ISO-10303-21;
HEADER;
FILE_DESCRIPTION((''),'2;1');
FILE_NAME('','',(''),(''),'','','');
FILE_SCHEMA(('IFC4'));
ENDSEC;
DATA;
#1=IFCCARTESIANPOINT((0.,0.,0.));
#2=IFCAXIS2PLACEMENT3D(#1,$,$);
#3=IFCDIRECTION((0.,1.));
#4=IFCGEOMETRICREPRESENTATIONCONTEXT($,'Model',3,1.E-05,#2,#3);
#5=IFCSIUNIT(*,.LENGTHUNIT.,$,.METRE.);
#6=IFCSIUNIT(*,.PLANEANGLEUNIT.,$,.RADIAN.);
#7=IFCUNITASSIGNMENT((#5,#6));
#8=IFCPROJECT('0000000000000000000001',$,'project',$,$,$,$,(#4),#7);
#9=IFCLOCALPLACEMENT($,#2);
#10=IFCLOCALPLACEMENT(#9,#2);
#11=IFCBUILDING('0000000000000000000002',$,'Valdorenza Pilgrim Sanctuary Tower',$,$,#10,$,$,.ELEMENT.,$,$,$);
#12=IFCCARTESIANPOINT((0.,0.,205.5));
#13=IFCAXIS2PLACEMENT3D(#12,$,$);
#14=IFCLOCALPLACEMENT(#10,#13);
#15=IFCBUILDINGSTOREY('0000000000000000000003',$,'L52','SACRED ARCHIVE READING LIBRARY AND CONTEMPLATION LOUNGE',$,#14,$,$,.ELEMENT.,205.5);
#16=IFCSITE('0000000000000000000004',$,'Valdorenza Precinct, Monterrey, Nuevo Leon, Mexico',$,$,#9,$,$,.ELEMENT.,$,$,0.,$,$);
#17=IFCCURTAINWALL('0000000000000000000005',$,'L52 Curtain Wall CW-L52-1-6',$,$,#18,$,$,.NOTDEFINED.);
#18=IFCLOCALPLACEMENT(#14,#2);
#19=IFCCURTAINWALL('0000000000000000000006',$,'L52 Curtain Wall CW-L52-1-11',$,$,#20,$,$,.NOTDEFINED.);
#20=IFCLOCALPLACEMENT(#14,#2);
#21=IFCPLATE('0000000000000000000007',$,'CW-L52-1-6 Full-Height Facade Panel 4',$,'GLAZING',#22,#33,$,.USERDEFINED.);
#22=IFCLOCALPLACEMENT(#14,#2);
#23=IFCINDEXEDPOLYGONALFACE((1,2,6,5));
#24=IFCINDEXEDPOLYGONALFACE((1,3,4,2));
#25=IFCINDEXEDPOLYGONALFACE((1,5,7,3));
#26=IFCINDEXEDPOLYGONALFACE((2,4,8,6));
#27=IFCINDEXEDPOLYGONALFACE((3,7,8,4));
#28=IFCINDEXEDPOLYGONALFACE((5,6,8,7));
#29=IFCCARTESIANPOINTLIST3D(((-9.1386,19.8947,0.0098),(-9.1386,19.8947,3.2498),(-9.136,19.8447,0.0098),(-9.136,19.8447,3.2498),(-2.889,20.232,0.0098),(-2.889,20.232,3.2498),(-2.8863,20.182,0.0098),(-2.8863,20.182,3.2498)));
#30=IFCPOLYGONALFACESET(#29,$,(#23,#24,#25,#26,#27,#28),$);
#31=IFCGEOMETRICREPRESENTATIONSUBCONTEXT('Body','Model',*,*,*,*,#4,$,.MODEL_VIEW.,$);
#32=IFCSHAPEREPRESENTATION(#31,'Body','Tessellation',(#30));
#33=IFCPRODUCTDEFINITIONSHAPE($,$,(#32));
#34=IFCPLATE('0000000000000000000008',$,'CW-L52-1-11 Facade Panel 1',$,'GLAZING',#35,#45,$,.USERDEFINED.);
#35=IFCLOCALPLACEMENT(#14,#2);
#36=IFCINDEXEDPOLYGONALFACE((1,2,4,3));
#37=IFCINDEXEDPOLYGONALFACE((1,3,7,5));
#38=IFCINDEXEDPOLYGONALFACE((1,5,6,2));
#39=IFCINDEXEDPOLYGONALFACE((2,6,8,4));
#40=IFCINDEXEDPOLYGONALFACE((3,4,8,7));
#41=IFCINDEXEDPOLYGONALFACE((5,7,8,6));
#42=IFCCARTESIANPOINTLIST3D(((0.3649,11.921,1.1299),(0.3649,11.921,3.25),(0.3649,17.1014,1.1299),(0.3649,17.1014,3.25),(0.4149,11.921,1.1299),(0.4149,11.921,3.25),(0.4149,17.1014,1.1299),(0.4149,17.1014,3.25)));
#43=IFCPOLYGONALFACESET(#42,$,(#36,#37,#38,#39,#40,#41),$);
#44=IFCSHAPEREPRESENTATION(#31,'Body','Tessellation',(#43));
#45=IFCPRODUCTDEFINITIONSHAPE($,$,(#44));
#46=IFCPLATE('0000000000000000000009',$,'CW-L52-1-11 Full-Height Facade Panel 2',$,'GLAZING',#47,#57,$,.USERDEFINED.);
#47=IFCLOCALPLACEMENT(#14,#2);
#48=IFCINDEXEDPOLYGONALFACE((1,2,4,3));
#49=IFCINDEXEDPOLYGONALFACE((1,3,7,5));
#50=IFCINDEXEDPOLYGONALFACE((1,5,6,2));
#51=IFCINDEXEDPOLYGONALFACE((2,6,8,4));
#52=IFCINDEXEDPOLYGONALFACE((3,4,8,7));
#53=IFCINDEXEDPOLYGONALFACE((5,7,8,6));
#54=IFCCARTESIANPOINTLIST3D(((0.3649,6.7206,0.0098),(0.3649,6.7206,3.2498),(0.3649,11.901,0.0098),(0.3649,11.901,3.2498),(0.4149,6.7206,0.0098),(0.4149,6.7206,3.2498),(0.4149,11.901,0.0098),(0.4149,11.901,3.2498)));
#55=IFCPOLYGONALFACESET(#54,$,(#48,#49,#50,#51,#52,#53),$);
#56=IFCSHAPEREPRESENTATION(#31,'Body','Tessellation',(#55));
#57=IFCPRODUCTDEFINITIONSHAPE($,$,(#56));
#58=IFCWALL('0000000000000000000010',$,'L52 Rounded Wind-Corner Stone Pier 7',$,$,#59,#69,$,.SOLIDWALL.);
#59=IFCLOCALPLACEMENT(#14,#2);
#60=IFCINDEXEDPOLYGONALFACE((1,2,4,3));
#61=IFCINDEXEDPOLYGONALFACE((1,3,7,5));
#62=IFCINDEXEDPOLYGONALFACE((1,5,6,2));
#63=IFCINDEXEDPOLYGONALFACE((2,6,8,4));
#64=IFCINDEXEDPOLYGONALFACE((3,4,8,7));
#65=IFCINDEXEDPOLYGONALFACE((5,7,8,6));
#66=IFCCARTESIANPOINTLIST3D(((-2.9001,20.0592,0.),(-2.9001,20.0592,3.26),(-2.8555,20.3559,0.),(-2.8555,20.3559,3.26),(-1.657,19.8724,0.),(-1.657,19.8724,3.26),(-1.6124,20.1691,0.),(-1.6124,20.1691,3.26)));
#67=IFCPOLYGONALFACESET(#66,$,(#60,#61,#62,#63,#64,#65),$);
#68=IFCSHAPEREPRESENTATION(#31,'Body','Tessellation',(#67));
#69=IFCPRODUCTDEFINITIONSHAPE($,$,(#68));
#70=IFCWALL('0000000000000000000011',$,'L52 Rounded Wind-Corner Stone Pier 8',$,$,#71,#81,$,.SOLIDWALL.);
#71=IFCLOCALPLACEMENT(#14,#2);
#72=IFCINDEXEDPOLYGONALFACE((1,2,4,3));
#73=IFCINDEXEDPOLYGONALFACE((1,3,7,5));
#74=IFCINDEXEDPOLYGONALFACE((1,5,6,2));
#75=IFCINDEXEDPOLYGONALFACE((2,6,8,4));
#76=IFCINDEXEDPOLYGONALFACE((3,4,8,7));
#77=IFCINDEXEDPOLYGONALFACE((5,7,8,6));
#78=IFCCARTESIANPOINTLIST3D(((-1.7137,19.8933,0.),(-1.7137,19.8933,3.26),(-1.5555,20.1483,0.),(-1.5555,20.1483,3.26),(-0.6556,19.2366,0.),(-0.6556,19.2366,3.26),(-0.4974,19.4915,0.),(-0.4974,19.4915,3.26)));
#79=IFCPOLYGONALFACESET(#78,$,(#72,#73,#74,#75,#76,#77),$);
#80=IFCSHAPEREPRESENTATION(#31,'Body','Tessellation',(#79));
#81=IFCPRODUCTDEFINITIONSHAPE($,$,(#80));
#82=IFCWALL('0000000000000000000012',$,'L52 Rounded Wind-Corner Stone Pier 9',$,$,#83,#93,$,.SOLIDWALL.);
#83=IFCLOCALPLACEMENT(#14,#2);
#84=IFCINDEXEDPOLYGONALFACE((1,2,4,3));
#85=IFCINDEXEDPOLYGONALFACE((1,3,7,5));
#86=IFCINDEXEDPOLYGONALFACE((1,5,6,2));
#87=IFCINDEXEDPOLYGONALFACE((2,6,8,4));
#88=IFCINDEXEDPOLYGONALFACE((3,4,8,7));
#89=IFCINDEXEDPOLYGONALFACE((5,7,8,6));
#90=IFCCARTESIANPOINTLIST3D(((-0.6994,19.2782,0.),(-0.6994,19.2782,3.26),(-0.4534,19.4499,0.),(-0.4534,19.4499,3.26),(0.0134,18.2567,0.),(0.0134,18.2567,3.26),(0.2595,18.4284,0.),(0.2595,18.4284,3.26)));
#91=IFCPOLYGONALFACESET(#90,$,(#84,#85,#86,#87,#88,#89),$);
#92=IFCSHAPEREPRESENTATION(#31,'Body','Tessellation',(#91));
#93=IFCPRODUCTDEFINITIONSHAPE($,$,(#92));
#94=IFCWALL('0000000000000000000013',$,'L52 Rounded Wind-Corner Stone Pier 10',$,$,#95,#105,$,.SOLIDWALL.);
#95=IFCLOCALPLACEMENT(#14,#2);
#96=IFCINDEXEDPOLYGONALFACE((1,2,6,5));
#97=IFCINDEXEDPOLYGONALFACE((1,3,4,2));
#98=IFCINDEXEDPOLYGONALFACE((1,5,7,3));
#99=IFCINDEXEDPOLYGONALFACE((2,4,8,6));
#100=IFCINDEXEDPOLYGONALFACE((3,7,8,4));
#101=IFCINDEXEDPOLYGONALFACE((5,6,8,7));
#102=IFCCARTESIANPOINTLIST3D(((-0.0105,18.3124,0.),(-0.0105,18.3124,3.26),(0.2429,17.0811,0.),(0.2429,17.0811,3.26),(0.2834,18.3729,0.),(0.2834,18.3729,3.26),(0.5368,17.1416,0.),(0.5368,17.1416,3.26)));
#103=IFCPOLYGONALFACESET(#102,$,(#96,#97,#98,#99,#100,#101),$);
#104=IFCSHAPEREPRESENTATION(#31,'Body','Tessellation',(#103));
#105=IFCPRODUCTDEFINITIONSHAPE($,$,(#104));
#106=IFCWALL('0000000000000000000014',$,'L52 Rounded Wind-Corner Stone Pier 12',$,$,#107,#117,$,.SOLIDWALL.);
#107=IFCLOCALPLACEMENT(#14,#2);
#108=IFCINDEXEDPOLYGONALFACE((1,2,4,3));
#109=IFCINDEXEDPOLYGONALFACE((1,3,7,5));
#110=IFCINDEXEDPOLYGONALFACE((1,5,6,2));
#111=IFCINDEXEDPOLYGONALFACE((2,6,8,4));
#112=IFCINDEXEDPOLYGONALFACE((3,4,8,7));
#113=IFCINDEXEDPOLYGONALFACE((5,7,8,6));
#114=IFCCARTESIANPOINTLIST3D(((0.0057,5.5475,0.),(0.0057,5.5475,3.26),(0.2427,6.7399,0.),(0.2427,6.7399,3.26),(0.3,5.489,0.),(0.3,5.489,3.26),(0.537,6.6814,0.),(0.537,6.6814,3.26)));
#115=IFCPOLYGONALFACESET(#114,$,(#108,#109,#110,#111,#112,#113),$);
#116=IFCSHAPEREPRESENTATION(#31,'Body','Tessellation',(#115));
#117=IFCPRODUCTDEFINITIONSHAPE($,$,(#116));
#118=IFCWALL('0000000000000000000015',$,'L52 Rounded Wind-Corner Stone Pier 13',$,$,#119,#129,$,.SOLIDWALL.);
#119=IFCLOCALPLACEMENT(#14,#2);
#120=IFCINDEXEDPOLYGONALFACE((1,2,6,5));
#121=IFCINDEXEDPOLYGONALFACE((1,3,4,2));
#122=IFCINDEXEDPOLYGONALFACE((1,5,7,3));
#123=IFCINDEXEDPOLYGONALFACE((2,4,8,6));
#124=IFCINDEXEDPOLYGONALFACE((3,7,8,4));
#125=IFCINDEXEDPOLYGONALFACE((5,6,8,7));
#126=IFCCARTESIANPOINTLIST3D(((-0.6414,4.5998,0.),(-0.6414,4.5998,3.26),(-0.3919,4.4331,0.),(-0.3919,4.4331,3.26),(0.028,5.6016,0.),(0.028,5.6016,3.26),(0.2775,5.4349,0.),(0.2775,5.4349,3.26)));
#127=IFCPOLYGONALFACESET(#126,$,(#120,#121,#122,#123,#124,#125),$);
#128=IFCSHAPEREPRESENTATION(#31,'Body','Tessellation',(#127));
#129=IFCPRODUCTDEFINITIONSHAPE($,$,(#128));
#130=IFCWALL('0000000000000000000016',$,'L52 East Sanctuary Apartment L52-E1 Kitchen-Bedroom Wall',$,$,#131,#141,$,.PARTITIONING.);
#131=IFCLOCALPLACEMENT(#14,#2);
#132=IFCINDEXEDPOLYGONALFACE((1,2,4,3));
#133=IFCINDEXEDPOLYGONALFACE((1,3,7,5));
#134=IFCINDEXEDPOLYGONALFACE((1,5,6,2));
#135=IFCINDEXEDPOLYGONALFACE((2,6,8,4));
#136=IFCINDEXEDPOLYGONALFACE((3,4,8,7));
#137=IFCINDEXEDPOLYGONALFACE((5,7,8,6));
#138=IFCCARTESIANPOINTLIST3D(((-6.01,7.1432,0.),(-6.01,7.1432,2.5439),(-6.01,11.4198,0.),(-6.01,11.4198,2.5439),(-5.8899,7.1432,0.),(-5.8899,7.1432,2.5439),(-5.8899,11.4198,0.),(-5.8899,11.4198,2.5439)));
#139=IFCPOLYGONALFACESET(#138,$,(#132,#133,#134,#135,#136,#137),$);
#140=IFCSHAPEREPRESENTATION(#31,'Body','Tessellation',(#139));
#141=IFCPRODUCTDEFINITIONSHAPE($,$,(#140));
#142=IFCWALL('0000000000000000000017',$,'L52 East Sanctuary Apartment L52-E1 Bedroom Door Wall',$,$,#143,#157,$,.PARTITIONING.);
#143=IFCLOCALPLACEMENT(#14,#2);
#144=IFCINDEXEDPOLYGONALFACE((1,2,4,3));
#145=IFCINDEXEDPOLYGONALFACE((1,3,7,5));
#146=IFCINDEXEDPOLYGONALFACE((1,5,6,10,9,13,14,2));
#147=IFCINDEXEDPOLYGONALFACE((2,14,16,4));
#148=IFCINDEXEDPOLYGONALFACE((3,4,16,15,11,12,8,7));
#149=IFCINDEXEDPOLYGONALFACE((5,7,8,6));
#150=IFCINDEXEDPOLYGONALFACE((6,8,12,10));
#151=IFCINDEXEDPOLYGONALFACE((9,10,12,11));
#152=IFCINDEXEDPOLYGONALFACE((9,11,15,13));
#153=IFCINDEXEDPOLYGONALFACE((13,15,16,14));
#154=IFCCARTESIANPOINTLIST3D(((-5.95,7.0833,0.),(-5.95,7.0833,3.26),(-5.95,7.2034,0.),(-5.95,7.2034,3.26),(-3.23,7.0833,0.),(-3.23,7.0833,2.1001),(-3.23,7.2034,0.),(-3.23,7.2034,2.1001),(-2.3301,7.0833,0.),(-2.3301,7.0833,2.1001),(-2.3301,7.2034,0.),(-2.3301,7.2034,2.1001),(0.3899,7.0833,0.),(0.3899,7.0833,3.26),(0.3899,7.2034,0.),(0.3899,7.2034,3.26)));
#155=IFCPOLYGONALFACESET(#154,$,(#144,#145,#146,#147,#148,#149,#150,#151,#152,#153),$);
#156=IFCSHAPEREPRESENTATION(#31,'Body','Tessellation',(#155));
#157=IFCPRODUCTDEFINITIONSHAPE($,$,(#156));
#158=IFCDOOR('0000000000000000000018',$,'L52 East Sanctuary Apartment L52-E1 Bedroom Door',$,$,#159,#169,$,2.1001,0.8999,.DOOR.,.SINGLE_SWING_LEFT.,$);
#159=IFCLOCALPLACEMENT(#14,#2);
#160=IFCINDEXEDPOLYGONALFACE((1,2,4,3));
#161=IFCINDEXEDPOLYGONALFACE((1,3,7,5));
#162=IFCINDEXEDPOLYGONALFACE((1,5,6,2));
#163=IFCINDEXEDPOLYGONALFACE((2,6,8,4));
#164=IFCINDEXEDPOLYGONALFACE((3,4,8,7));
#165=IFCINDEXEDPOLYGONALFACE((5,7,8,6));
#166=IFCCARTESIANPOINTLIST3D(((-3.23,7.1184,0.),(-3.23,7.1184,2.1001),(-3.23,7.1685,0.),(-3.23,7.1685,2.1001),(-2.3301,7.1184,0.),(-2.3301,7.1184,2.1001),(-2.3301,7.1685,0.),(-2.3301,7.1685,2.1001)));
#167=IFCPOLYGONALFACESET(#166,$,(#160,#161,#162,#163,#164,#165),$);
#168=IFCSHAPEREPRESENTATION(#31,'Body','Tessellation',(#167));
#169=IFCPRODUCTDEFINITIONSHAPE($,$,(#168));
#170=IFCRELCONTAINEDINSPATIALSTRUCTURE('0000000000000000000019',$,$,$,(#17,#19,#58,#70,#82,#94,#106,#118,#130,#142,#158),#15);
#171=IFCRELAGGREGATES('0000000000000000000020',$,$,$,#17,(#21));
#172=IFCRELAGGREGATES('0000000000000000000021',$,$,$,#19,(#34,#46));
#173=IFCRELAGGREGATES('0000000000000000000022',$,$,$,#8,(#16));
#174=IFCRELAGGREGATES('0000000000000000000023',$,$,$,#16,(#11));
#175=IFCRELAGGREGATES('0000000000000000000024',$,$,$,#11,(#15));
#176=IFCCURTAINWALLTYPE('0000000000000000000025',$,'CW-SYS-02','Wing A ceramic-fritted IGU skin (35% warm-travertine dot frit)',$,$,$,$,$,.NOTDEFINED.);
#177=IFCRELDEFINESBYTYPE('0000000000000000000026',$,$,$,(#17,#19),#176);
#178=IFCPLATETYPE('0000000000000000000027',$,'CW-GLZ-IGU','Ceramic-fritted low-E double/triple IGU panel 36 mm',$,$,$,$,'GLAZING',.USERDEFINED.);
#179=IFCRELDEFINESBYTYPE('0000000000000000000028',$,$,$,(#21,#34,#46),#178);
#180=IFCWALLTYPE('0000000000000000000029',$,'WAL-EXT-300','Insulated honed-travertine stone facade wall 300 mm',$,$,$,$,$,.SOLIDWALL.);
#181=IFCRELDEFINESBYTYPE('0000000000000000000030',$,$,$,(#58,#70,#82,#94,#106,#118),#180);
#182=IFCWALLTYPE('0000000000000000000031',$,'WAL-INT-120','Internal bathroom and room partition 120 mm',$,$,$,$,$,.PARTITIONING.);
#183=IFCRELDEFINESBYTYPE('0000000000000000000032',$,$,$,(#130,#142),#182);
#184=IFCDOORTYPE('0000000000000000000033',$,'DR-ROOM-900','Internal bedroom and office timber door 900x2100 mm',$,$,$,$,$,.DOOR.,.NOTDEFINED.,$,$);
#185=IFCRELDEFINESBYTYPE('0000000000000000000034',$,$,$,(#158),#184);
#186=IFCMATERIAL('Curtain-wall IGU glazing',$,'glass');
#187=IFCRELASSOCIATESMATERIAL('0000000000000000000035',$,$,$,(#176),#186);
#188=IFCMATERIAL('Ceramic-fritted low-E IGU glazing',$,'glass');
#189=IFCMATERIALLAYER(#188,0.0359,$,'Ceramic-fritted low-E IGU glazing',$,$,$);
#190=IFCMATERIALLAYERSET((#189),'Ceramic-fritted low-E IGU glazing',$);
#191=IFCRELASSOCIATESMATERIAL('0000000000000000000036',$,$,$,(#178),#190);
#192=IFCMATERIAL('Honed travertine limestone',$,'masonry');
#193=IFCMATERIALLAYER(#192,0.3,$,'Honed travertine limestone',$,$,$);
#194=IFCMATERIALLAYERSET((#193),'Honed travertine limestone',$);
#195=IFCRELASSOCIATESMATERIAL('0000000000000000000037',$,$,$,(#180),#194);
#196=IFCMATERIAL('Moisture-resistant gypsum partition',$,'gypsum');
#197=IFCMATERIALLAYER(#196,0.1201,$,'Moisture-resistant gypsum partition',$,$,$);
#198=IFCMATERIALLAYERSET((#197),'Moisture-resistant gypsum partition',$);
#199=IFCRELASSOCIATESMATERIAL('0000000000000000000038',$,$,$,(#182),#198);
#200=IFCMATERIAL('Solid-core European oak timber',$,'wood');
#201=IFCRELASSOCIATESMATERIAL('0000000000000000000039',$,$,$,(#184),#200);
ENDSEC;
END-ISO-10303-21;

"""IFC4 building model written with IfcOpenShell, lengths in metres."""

from ifc_helpers import new_model, si_unit, direction, frame, frame_2d, origin, origin_2d, place, context, subcontext, project, spatial, rectangle, extrude, source, transform, mapped, material, layer, layer_set, type_object, element, fill, aggregate, save


model = new_model("IFC4")

# Units and contexts
model_context = context("Model", 3, precision=1e-05, world=origin(), true_north=direction((0.0, 1.0)))
body_context = subcontext(model_context, "Body", "Model", "MODEL_VIEW")
ifc_project = project(units=[si_unit("LENGTHUNIT", "METRE"), si_unit("PLANEANGLEUNIT", "RADIAN")], contexts=[model_context])

# Site, building, storey
site_placement = place(None, origin())
site = spatial("IfcSite", under=ifc_project, at=site_placement, Name="Valdorenza Precinct, Monterrey, Nuevo Leon, Mexico", CompositionType="ELEMENT", RefElevation=0.0)
building_placement = place(site_placement, origin())
building = spatial("IfcBuilding", under=site, at=building_placement, Name="Valdorenza Pilgrim Sanctuary Tower", CompositionType="ELEMENT")
storey_placement = place(building_placement, frame((0.0, 0.0, 205.5)))
storey = spatial("IfcBuildingStorey", under=building, at=storey_placement, Name="L52", Description="SACRED ARCHIVE READING LIBRARY AND CONTEMPLATION LOUNGE", CompositionType="ELEMENT", Elevation=205.5)

# Curtain wall
ifc_material_1 = material(Name="Curtain-wall IGU glazing", Category="glass")
curtain_wall_type = type_object("IfcCurtainWallType", Name="CW-SYS-02", Description="Wing A ceramic-fritted IGU skin (35% warm-travertine dot frit)", PredefinedType="NOTDEFINED", material=ifc_material_1)
curtain_wall_1_placement = place(storey_placement, origin())
curtain_wall_1 = element("IfcCurtainWall", 1, at=curtain_wall_1_placement, inside=storey, type_object=curtain_wall_type, Name="L52 Curtain Wall CW-L52-1-6", PredefinedType="NOTDEFINED")

# Curtain wall
curtain_wall_2_placement = place(storey_placement, origin())
curtain_wall_2 = element("IfcCurtainWall", 2, at=curtain_wall_2_placement, inside=storey, type_object=curtain_wall_type, Name="L52 Curtain Wall CW-L52-1-11", PredefinedType="NOTDEFINED")
ifc_material_2 = material(Name="Honed travertine limestone", Category="masonry")

# Plates
ifc_material_3 = material(Name="Ceramic-fritted low-E IGU glazing", Category="glass")
ifc_layer_1 = layer(ifc_material_3, 0.0359, Name="Ceramic-fritted low-E IGU glazing")
ifc_layer_set_1 = layer_set([ifc_layer_1], Name="Ceramic-fritted low-E IGU glazing")
plate_type_1 = type_object("IfcPlateType", Name="CW-GLZ-IGU", Description="Ceramic-fritted low-E double/triple IGU panel 36 mm", ElementType="GLAZING", PredefinedType="USERDEFINED", material=ifc_layer_set_1)
shared_shape_1 = source(origin(), body_context, "Body", "SweptSolid", [
    extrude(rectangle(XDim=6.2588, YDim=0.05, at=origin_2d()), origin(), (0.0, 0.0, 1.0), 3.24),
])
plate_1_placement = place(storey_placement, frame((-6.0125, 20.0383, 0.0098), z_axis=(0.0, 0.0, 1.0), x_axis=(0.998547, 0.053887, 0.0)))
plate_1 = element("IfcPlate", 3, at=plate_1_placement, type_object=plate_type_1, Name="CW-L52-1-6 Full-Height Facade Panel 4", ObjectType="GLAZING", PredefinedType="USERDEFINED", context=body_context, shape_type="MappedRepresentation", body=[
    mapped(shared_shape_1, transform((0.0, 0.0, 0.0), x_axis=(1.0, 0.0, 0.0), y_axis=(0.0, 1.0, 0.0), z_axis=(0.0, 0.0, 1.0), scale=1.0)),
])
aggregate(curtain_wall_1, [plate_1])
shared_shape_2 = source(origin(), body_context, "Body", "SweptSolid", [
    extrude(rectangle(XDim=5.1804, YDim=0.05, at=origin_2d()), origin(), (0.0, 0.0, 1.0), 2.1201),
])
plate_2_placement = place(storey_placement, frame((0.3899, 14.5112, 1.1299), z_axis=(0.0, 0.0, 1.0), x_axis=(0.0, -1.0, 0.0)))
plate_2 = element("IfcPlate", 4, at=plate_2_placement, type_object=plate_type_1, Name="CW-L52-1-11 Facade Panel 1", ObjectType="GLAZING", PredefinedType="USERDEFINED", context=body_context, shape_type="MappedRepresentation", body=[
    mapped(shared_shape_2, transform((0.0, 0.0, 0.0), x_axis=(1.0, 0.0, 0.0), y_axis=(0.0, 1.0, 0.0), z_axis=(0.0, 0.0, 1.0), scale=1.0)),
])
shared_shape_3 = source(origin(), body_context, "Body", "SweptSolid", [
    extrude(rectangle(XDim=5.1804, YDim=0.05, at=origin_2d()), origin(), (0.0, 0.0, 1.0), 3.24),
])
plate_3_placement = place(storey_placement, frame((0.3899, 9.3108, 0.0098), z_axis=(0.0, 0.0, 1.0), x_axis=(0.0, -1.0, 0.0)))
plate_3 = element("IfcPlate", 5, at=plate_3_placement, type_object=plate_type_1, Name="CW-L52-1-11 Full-Height Facade Panel 2", ObjectType="GLAZING", PredefinedType="USERDEFINED", context=body_context, shape_type="MappedRepresentation", body=[
    mapped(shared_shape_3, transform((0.0, 0.0, 0.0), x_axis=(1.0, 0.0, 0.0), y_axis=(0.0, 1.0, 0.0), z_axis=(0.0, 0.0, 1.0), scale=1.0)),
])
aggregate(curtain_wall_2, [plate_2, plate_3])

# Walls
ifc_layer_2 = layer(ifc_material_2, 0.3, Name="Honed travertine limestone")
ifc_layer_set_2 = layer_set([ifc_layer_2], Name="Honed travertine limestone")
wall_type_1 = type_object("IfcWallType", Name="WAL-EXT-300", Description="Insulated honed-travertine stone facade wall 300 mm", PredefinedType="SOLIDWALL", material=ifc_layer_set_2)
wall_1_placement = place(storey_placement, frame((-2.8777, 20.2075, 0.0), z_axis=(0.0, 0.0, 1.0), x_axis=(0.988902, -0.148568, 0.0)))
element("IfcWall", 6, at=wall_1_placement, inside=storey, type_object=wall_type_1, Name="L52 Rounded Wind-Corner Stone Pier 7", PredefinedType="SOLIDWALL", context=body_context, shape_type="SweptSolid", body=[
    extrude(rectangle(XDim=1.2571, YDim=0.3, at=frame_2d((0.6284, 0.0))), origin(), (0.0, 0.0, 1.0), 3.26),
])
wall_2_placement = place(storey_placement, frame((-1.6345, 20.0208, 0.0), z_axis=(0.0, 0.0, 1.0), x_axis=(0.849646, -0.527353, 0.0)))
element("IfcWall", 7, at=wall_2_placement, inside=storey, type_object=wall_type_1, Name="L52 Rounded Wind-Corner Stone Pier 8", PredefinedType="SOLIDWALL", context=body_context, shape_type="SweptSolid", body=[
    extrude(rectangle(XDim=1.2454, YDim=0.3, at=frame_2d((0.6226, 0.0))), origin(), (0.0, 0.0, 1.0), 3.26),
])
wall_3_placement = place(storey_placement, frame((-0.5764, 19.364, 0.0), z_axis=(0.0, 0.0, 1.0), x_axis=(0.572304, -0.820041, 0.0)))
element("IfcWall", 8, at=wall_3_placement, inside=storey, type_object=wall_type_1, Name="L52 Rounded Wind-Corner Stone Pier 9", PredefinedType="SOLIDWALL", context=body_context, shape_type="SweptSolid", body=[
    extrude(rectangle(XDim=1.2456, YDim=0.3, at=frame_2d((0.6228, 0.0))), origin(), (0.0, 0.0, 1.0), 3.26),
])
wall_4_placement = place(storey_placement, frame((0.1365, 18.3425, 0.0), z_axis=(0.0, 0.0, 1.0), x_axis=(0.201604, -0.979467, 0.0)))
element("IfcWall", 9, at=wall_4_placement, inside=storey, type_object=wall_type_1, Name="L52 Rounded Wind-Corner Stone Pier 10", PredefinedType="SOLIDWALL", context=body_context, shape_type="SweptSolid", body=[
    extrude(rectangle(XDim=1.2571, YDim=0.3, at=frame_2d((0.6284, 0.0))), origin(), (0.0, 0.0, 1.0), 3.26),
])
wall_5_placement = place(storey_placement, frame((0.3899, 6.7107, 0.0), z_axis=(0.0, 0.0, 1.0), x_axis=(-0.194996, -0.980804, 0.0)))
element("IfcWall", 10, at=wall_5_placement, inside=storey, type_object=wall_type_1, Name="L52 Rounded Wind-Corner Stone Pier 12", PredefinedType="SOLIDWALL", context=body_context, shape_type="SweptSolid", body=[
    extrude(rectangle(XDim=1.2158, YDim=0.3, at=frame_2d((0.6079, 0.0))), origin(), (0.0, 0.0, 1.0), 3.26),
])
wall_6_placement = place(storey_placement, frame((0.1528, 5.5183, 0.0), z_axis=(0.0, 0.0, 1.0), x_axis=(-0.555635, -0.831426, 0.0)))
element("IfcWall", 11, at=wall_6_placement, inside=storey, type_object=wall_type_1, Name="L52 Rounded Wind-Corner Stone Pier 13", PredefinedType="SOLIDWALL", context=body_context, shape_type="SweptSolid", body=[
    extrude(rectangle(XDim=1.2048, YDim=0.3, at=frame_2d((0.6025, 0.0))), origin(), (0.0, 0.0, 1.0), 3.26),
])
ifc_material_4 = material(Name="Moisture-resistant gypsum partition", Category="gypsum")
ifc_layer_3 = layer(ifc_material_4, 0.1201, Name="Moisture-resistant gypsum partition")
ifc_layer_set_3 = layer_set([ifc_layer_3], Name="Moisture-resistant gypsum partition")
wall_type_2 = type_object("IfcWallType", Name="WAL-INT-120", Description="Internal bathroom and room partition 120 mm", PredefinedType="PARTITIONING", material=ifc_layer_set_3)
wall_7_placement = place(storey_placement, frame((-5.95, 7.1433, 0.0), z_axis=(0.0, 0.0, 1.0), x_axis=(0.0, 1.0, 0.0)))
element("IfcWall", 12, at=wall_7_placement, inside=storey, type_object=wall_type_2, Name="L52 East Sanctuary Apartment L52-E1 Kitchen-Bedroom Wall", PredefinedType="PARTITIONING", context=body_context, shape_type="SweptSolid", body=[
    extrude(rectangle(XDim=4.2766, YDim=0.1201, at=frame_2d((2.1382, 0.0))), origin(), (0.0, 0.0, 1.0), 2.5439),
])

# Wall, opening, door
wall_8_placement = place(storey_placement, frame((-5.95, 7.1433, 0.0), z_axis=(0.0, 0.0, 1.0), x_axis=(1.0, 0.0, 0.0)))
wall_8 = element("IfcWall", 13, at=wall_8_placement, inside=storey, type_object=wall_type_2, Name="L52 East Sanctuary Apartment L52-E1 Bedroom Door Wall", PredefinedType="PARTITIONING", context=body_context, shape_type="SweptSolid", body=[
    extrude(rectangle(XDim=6.3398, YDim=0.1201, at=frame_2d((3.1699, 0.0))), origin(), (0.0, 0.0, 1.0), 3.26),
])
opening_placement = place(wall_8_placement, frame((2.72, 0.0, 0.0)))
opening = element("IfcOpeningElement", 14, at=opening_placement, cuts=wall_8, PredefinedType="OPENING", context=body_context, shape_type="SweptSolid", body=[
    extrude(rectangle(XDim=0.8999, YDim=2.1001, at=frame_2d((0.45, 1.05))), frame((0.0, 0.075, 0.0), z_axis=(0.0, -1.0, 0.0), x_axis=(1.0, 0.0, 0.0)), (0.0, 0.0, 1.0), 0.1499),
])
ifc_material_5 = material(Name="Solid-core European oak timber", Category="wood")
door_type = type_object("IfcDoorType", Name="DR-ROOM-900", Description="Internal bedroom and office timber door 900x2100 mm", OperationType="NOTDEFINED", PredefinedType="DOOR", material=ifc_material_5)
door_placement = place(opening_placement, frame((0.8999, 0.0, 0.0), z_axis=(0.0, 0.0, 1.0), x_axis=(-1.0, 0.0, 0.0)))
door = element("IfcDoor", 15, at=door_placement, inside=storey, type_object=door_type, Name="L52 East Sanctuary Apartment L52-E1 Bedroom Door", OperationType="SINGLE_SWING_LEFT", OverallHeight=2.1001, OverallWidth=0.8999, PredefinedType="DOOR", context=body_context, shape_type="SweptSolid", body=[
    extrude(rectangle(XDim=0.8999, YDim=2.1001, at=frame_2d((0.45, 1.05))), frame((0.0, 0.0249, 0.0), z_axis=(0.0, -1.0, 0.0), x_axis=(1.0, 0.0, 0.0)), (0.0, 0.0, 1.0), 0.05),
])
fill(opening, door)

save(model, "model.ifc")
